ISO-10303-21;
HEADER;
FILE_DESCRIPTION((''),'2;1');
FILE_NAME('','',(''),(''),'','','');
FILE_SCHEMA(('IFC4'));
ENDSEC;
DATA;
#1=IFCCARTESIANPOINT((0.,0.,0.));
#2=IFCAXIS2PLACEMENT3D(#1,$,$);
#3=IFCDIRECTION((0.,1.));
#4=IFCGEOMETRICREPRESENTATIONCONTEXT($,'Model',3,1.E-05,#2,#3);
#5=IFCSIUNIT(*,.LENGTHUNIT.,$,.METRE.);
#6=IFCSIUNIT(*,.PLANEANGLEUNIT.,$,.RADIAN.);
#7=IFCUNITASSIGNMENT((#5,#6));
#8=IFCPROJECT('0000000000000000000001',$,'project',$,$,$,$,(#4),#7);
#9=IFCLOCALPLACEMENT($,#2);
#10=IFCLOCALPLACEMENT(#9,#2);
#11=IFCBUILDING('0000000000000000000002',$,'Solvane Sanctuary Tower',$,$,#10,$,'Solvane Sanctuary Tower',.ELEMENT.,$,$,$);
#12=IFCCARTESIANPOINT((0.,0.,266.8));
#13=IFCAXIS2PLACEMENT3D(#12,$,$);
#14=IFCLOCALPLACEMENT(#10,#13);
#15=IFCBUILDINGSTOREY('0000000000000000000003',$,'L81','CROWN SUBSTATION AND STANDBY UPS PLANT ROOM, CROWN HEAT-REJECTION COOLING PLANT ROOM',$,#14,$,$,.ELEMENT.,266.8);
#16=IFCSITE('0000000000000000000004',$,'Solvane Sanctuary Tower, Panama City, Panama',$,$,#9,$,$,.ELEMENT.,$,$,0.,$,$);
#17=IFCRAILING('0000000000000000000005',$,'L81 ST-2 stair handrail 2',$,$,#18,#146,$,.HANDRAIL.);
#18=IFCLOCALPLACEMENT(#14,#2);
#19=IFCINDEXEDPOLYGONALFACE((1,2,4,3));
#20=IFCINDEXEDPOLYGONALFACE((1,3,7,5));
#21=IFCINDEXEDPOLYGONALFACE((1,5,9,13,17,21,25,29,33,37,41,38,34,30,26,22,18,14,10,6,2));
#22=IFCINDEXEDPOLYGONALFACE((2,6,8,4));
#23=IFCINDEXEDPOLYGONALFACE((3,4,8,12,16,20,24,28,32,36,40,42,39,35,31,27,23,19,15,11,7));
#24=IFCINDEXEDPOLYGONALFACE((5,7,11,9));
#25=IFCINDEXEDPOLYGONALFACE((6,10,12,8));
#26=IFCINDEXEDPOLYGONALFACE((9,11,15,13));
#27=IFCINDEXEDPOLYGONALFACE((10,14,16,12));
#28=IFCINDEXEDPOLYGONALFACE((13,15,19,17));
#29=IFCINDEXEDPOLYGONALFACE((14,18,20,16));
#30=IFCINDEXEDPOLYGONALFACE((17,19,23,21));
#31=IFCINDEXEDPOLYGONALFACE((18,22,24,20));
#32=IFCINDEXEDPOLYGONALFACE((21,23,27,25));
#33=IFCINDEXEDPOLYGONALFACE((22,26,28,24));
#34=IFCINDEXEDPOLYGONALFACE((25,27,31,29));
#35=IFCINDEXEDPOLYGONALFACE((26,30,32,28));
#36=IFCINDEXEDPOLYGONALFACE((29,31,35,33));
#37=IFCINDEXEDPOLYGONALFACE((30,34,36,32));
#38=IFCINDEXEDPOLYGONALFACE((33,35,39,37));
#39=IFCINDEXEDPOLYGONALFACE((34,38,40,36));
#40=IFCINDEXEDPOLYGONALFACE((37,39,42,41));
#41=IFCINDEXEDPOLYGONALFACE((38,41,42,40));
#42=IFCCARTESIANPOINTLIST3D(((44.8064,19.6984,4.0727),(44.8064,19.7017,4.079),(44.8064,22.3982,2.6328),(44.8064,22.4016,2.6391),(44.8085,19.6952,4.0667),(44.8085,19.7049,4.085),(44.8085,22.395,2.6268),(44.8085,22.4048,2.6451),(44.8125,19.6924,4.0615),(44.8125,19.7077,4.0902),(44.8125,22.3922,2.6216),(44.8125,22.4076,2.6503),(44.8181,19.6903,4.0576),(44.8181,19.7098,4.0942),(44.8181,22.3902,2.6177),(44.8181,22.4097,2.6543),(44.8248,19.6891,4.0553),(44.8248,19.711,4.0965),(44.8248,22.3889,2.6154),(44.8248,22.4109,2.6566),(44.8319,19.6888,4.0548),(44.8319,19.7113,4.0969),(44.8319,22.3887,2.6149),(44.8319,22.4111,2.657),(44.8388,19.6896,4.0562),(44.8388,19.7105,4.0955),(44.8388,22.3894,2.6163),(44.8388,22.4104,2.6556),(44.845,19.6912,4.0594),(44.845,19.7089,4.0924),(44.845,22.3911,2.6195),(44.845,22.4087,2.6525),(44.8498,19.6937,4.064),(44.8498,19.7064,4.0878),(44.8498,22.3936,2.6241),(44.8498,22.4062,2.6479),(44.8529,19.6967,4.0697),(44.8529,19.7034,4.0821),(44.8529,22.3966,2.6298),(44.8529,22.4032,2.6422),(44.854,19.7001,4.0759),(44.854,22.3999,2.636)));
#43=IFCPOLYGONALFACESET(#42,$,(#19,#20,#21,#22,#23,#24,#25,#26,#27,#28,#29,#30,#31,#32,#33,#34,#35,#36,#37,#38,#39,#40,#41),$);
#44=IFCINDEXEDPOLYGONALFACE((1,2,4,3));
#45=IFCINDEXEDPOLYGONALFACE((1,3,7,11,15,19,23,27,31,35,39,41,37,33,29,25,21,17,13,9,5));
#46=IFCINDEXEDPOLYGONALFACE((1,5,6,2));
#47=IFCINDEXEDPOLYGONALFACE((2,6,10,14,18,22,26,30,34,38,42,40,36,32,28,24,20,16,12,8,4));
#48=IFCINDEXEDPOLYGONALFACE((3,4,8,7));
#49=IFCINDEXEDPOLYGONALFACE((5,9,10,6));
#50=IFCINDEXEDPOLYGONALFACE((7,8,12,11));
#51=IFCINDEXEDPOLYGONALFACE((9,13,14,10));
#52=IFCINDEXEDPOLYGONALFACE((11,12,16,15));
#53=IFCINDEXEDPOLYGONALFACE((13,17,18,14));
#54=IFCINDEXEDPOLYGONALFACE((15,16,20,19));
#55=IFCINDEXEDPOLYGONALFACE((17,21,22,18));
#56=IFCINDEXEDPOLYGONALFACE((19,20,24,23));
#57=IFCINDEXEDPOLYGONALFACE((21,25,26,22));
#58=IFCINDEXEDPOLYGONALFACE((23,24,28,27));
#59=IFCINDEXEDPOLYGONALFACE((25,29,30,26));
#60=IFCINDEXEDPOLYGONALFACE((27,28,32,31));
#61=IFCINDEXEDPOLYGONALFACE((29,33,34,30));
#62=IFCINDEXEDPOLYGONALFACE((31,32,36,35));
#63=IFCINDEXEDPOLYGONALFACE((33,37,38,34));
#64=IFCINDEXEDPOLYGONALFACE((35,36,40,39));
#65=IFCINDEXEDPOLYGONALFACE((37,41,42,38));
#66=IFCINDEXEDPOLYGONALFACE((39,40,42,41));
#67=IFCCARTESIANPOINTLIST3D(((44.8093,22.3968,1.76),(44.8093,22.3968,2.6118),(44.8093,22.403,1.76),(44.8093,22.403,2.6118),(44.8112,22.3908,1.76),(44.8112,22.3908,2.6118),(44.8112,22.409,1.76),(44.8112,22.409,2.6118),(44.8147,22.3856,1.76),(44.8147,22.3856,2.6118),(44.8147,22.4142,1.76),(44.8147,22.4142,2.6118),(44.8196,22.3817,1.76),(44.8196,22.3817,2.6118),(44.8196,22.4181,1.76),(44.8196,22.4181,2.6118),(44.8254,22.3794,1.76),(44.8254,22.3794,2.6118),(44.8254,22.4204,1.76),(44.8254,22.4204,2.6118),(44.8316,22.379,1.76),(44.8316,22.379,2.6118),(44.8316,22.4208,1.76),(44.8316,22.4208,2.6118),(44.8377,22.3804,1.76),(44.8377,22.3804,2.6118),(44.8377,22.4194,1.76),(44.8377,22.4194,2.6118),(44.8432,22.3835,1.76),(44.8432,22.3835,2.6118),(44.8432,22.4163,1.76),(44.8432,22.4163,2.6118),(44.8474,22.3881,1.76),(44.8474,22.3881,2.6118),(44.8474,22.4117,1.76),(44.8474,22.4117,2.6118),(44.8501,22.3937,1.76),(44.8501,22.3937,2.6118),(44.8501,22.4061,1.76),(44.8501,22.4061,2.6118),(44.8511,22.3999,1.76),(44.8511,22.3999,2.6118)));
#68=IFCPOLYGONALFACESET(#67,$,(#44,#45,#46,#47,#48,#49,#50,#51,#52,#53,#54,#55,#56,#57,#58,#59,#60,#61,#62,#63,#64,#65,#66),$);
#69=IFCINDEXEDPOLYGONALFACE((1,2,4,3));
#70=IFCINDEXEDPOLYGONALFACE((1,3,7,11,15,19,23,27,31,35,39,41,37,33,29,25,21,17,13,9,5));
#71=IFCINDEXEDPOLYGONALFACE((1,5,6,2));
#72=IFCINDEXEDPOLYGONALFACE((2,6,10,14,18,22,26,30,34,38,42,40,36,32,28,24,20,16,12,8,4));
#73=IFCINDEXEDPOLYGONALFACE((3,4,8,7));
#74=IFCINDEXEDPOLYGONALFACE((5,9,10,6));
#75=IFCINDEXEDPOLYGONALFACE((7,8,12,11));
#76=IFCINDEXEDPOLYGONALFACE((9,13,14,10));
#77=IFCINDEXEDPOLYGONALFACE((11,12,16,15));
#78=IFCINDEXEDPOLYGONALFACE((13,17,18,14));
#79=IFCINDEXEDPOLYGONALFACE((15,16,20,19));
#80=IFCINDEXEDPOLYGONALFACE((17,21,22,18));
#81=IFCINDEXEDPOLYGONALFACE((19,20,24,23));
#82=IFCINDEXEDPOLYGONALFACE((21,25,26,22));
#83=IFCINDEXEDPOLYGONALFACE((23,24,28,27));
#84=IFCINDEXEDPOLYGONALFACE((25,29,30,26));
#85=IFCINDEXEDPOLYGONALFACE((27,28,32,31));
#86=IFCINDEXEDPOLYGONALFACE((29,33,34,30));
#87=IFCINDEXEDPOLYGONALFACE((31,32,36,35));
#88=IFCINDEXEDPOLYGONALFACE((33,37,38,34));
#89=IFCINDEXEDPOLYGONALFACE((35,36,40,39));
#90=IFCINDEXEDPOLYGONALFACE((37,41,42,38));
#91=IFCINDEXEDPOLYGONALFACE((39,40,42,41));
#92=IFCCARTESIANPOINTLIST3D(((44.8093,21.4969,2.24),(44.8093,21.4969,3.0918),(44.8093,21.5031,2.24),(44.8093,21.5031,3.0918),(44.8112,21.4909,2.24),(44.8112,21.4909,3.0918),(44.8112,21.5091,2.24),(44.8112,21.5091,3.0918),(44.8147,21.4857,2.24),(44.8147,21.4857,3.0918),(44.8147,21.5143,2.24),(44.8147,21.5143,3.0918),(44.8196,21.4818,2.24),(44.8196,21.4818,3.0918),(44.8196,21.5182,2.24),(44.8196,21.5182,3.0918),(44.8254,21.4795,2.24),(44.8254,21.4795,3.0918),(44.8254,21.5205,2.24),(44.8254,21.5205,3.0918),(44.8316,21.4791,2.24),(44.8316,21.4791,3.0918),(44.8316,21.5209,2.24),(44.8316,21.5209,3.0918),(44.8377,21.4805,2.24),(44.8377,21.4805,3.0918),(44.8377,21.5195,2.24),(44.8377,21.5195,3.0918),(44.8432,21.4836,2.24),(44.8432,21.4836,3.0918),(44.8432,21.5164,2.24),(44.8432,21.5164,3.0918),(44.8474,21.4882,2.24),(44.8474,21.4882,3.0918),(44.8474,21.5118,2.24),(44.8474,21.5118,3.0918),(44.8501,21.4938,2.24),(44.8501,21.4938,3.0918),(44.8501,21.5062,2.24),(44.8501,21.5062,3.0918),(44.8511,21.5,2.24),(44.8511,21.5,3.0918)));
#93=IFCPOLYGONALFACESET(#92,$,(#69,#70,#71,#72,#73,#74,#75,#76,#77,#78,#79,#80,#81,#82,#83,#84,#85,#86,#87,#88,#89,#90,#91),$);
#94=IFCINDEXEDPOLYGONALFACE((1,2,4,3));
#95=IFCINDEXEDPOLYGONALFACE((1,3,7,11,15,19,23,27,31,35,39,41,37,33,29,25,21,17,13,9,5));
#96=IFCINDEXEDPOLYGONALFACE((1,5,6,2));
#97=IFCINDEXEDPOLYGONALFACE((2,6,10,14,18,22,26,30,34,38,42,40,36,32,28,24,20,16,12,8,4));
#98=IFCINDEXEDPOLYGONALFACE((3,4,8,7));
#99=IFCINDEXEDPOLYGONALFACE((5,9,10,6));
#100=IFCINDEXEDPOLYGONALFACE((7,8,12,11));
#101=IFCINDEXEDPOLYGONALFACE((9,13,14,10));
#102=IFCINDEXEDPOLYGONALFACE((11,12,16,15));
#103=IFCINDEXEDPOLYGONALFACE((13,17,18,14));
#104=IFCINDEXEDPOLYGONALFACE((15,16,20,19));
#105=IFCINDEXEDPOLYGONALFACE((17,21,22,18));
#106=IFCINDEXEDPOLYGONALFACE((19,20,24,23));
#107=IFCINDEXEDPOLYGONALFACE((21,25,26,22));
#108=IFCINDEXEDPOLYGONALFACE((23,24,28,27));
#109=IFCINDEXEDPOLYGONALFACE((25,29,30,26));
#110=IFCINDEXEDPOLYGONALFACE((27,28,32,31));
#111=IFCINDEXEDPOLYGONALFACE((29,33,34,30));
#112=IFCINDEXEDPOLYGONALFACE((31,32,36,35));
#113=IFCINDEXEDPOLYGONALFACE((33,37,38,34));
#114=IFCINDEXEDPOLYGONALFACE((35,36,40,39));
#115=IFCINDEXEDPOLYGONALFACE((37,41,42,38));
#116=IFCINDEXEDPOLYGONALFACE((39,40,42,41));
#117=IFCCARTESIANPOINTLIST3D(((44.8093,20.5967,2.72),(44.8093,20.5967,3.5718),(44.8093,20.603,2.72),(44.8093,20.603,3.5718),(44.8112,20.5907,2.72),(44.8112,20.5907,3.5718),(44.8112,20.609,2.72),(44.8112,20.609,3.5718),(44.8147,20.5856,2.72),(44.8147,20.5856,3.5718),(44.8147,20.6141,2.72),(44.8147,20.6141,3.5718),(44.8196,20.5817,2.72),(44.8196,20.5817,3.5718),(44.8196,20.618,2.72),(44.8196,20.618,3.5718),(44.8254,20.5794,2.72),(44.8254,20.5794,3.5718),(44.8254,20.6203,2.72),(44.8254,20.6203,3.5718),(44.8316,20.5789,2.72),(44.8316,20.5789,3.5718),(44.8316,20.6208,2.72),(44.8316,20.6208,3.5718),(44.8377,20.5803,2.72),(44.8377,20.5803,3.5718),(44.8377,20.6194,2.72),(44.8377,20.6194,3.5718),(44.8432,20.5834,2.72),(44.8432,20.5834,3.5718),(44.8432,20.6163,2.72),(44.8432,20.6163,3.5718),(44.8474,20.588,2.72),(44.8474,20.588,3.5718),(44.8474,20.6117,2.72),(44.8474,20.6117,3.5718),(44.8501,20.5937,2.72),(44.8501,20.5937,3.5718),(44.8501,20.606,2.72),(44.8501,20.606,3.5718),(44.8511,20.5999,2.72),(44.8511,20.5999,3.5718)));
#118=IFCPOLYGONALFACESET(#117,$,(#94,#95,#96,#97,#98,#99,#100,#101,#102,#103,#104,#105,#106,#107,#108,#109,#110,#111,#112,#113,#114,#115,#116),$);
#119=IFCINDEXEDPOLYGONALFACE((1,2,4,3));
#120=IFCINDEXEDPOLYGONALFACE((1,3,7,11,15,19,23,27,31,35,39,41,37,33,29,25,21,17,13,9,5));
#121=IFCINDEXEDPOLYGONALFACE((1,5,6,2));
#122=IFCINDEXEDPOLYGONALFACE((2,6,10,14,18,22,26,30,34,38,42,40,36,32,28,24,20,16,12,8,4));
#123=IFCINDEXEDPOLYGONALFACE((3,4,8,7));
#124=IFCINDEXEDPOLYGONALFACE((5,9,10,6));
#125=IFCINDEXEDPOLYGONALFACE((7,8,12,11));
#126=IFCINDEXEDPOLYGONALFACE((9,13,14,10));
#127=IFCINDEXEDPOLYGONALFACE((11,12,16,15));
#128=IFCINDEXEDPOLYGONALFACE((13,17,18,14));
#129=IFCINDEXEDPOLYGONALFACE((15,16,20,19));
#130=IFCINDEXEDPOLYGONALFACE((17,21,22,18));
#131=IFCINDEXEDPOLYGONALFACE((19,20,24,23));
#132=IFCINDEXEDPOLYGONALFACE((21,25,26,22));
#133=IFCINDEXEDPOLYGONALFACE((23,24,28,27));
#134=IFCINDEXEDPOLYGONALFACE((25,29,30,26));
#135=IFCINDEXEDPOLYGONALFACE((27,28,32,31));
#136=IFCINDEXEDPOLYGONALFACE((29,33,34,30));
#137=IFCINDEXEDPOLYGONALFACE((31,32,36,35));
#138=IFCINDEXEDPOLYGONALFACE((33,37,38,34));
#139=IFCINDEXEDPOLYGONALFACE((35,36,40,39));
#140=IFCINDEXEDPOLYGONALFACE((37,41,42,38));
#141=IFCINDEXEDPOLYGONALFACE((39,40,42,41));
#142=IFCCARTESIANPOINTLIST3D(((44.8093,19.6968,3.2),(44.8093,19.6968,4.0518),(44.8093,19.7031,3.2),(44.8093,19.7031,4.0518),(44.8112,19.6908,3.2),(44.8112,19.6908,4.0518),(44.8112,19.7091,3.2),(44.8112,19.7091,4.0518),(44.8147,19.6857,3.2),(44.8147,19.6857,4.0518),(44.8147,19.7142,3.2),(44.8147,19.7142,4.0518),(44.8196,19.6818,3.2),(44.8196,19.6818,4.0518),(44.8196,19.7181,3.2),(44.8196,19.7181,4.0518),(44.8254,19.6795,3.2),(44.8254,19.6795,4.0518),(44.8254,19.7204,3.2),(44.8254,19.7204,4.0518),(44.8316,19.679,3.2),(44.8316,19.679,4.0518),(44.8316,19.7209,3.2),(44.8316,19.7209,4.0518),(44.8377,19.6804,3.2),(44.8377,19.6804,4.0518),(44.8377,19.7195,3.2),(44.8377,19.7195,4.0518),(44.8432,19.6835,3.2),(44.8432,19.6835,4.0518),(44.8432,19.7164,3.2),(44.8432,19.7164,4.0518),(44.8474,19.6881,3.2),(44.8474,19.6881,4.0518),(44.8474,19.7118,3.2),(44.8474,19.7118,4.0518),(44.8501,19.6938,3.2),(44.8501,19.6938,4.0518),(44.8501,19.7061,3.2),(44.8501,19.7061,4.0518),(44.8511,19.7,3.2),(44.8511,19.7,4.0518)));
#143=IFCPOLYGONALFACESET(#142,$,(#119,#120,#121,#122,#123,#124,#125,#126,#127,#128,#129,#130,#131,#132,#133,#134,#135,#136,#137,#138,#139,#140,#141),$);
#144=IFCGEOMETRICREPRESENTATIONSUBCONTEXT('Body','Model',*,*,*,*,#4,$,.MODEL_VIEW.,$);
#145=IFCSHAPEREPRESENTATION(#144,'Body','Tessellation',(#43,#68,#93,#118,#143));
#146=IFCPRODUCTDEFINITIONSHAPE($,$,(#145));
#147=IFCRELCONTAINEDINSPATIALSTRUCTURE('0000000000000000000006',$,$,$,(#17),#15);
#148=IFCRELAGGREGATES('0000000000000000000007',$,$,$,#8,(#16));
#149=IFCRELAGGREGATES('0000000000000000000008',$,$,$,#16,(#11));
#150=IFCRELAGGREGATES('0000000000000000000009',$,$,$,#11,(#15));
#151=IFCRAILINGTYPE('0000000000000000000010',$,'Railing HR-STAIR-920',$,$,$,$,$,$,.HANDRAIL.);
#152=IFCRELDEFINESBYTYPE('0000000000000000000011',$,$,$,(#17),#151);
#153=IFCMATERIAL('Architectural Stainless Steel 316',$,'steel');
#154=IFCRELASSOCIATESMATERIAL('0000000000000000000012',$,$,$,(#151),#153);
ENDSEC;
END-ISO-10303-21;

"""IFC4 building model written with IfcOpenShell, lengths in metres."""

from ifc_helpers import new_model, si_unit, direction, frame, origin, origin_2d, place, context, subcontext, project, spatial, circle, extrude, material, type_object, element, save


model = new_model("IFC4")

# Units and contexts
model_context = context("Model", 3, precision=1e-05, world=origin(), true_north=direction((0.0, 1.0)))
body_context = subcontext(model_context, "Body", "Model", "MODEL_VIEW")
ifc_project = project(units=[si_unit("LENGTHUNIT", "METRE"), si_unit("PLANEANGLEUNIT", "RADIAN")], contexts=[model_context])

# Site, building, storey
site_placement = place(None, origin())
site = spatial("IfcSite", under=ifc_project, at=site_placement, Name="Solvane Sanctuary Tower, Panama City, Panama", CompositionType="ELEMENT", RefElevation=0.0)
building_placement = place(site_placement, origin())
building = spatial("IfcBuilding", under=site, at=building_placement, Name="Solvane Sanctuary Tower", LongName="Solvane Sanctuary Tower", CompositionType="ELEMENT")
storey_placement = place(building_placement, frame((0.0, 0.0, 266.8)))
storey = spatial("IfcBuildingStorey", under=building, at=storey_placement, Name="L81", Description="CROWN SUBSTATION AND STANDBY UPS PLANT ROOM, CROWN HEAT-REJECTION COOLING PLANT ROOM", CompositionType="ELEMENT", Elevation=266.8)

# Shared definitions
ifc_material_1 = material(Name="Architectural Stainless Steel 316", Category="steel")

# Railing
railing_type_1 = type_object("IfcRailingType", Name="Railing HR-STAIR-920", PredefinedType="HANDRAIL", material=ifc_material_1)
railing_1_placement = place(storey_placement, frame((44.8301, 22.3999, 1.76)))
element("IfcRailing", 1, at=railing_1_placement, inside=storey, type_object=railing_type_1, Name="L81 ST-2 stair handrail 2", PredefinedType="HANDRAIL", context=body_context, shape_type="SweptSolid", body=[
    extrude(circle(Radius=0.0239, at=origin_2d()), frame((0.0, 0.0, 0.876), z_axis=(0.0, -0.882357, 0.47058), x_axis=(1.0, 0.0, 0.0)), (0.0, 0.0, 1.0), 3.0598),
    extrude(circle(Radius=0.021, at=origin_2d()), origin(), (0.0, 0.0, 1.0), 0.8518),
    extrude(circle(Radius=0.021, at=origin_2d()), frame((0.0, -0.8999, 0.48)), (0.0, 0.0, 1.0), 0.8518),
    extrude(circle(Radius=0.021, at=origin_2d()), frame((0.0, -1.8, 0.96)), (0.0, 0.0, 1.0), 0.8518),
    extrude(circle(Radius=0.021, at=origin_2d()), frame((0.0, -2.7, 1.4399)), (0.0, 0.0, 1.0), 0.8518),
])

save(model, "model.ifc")
